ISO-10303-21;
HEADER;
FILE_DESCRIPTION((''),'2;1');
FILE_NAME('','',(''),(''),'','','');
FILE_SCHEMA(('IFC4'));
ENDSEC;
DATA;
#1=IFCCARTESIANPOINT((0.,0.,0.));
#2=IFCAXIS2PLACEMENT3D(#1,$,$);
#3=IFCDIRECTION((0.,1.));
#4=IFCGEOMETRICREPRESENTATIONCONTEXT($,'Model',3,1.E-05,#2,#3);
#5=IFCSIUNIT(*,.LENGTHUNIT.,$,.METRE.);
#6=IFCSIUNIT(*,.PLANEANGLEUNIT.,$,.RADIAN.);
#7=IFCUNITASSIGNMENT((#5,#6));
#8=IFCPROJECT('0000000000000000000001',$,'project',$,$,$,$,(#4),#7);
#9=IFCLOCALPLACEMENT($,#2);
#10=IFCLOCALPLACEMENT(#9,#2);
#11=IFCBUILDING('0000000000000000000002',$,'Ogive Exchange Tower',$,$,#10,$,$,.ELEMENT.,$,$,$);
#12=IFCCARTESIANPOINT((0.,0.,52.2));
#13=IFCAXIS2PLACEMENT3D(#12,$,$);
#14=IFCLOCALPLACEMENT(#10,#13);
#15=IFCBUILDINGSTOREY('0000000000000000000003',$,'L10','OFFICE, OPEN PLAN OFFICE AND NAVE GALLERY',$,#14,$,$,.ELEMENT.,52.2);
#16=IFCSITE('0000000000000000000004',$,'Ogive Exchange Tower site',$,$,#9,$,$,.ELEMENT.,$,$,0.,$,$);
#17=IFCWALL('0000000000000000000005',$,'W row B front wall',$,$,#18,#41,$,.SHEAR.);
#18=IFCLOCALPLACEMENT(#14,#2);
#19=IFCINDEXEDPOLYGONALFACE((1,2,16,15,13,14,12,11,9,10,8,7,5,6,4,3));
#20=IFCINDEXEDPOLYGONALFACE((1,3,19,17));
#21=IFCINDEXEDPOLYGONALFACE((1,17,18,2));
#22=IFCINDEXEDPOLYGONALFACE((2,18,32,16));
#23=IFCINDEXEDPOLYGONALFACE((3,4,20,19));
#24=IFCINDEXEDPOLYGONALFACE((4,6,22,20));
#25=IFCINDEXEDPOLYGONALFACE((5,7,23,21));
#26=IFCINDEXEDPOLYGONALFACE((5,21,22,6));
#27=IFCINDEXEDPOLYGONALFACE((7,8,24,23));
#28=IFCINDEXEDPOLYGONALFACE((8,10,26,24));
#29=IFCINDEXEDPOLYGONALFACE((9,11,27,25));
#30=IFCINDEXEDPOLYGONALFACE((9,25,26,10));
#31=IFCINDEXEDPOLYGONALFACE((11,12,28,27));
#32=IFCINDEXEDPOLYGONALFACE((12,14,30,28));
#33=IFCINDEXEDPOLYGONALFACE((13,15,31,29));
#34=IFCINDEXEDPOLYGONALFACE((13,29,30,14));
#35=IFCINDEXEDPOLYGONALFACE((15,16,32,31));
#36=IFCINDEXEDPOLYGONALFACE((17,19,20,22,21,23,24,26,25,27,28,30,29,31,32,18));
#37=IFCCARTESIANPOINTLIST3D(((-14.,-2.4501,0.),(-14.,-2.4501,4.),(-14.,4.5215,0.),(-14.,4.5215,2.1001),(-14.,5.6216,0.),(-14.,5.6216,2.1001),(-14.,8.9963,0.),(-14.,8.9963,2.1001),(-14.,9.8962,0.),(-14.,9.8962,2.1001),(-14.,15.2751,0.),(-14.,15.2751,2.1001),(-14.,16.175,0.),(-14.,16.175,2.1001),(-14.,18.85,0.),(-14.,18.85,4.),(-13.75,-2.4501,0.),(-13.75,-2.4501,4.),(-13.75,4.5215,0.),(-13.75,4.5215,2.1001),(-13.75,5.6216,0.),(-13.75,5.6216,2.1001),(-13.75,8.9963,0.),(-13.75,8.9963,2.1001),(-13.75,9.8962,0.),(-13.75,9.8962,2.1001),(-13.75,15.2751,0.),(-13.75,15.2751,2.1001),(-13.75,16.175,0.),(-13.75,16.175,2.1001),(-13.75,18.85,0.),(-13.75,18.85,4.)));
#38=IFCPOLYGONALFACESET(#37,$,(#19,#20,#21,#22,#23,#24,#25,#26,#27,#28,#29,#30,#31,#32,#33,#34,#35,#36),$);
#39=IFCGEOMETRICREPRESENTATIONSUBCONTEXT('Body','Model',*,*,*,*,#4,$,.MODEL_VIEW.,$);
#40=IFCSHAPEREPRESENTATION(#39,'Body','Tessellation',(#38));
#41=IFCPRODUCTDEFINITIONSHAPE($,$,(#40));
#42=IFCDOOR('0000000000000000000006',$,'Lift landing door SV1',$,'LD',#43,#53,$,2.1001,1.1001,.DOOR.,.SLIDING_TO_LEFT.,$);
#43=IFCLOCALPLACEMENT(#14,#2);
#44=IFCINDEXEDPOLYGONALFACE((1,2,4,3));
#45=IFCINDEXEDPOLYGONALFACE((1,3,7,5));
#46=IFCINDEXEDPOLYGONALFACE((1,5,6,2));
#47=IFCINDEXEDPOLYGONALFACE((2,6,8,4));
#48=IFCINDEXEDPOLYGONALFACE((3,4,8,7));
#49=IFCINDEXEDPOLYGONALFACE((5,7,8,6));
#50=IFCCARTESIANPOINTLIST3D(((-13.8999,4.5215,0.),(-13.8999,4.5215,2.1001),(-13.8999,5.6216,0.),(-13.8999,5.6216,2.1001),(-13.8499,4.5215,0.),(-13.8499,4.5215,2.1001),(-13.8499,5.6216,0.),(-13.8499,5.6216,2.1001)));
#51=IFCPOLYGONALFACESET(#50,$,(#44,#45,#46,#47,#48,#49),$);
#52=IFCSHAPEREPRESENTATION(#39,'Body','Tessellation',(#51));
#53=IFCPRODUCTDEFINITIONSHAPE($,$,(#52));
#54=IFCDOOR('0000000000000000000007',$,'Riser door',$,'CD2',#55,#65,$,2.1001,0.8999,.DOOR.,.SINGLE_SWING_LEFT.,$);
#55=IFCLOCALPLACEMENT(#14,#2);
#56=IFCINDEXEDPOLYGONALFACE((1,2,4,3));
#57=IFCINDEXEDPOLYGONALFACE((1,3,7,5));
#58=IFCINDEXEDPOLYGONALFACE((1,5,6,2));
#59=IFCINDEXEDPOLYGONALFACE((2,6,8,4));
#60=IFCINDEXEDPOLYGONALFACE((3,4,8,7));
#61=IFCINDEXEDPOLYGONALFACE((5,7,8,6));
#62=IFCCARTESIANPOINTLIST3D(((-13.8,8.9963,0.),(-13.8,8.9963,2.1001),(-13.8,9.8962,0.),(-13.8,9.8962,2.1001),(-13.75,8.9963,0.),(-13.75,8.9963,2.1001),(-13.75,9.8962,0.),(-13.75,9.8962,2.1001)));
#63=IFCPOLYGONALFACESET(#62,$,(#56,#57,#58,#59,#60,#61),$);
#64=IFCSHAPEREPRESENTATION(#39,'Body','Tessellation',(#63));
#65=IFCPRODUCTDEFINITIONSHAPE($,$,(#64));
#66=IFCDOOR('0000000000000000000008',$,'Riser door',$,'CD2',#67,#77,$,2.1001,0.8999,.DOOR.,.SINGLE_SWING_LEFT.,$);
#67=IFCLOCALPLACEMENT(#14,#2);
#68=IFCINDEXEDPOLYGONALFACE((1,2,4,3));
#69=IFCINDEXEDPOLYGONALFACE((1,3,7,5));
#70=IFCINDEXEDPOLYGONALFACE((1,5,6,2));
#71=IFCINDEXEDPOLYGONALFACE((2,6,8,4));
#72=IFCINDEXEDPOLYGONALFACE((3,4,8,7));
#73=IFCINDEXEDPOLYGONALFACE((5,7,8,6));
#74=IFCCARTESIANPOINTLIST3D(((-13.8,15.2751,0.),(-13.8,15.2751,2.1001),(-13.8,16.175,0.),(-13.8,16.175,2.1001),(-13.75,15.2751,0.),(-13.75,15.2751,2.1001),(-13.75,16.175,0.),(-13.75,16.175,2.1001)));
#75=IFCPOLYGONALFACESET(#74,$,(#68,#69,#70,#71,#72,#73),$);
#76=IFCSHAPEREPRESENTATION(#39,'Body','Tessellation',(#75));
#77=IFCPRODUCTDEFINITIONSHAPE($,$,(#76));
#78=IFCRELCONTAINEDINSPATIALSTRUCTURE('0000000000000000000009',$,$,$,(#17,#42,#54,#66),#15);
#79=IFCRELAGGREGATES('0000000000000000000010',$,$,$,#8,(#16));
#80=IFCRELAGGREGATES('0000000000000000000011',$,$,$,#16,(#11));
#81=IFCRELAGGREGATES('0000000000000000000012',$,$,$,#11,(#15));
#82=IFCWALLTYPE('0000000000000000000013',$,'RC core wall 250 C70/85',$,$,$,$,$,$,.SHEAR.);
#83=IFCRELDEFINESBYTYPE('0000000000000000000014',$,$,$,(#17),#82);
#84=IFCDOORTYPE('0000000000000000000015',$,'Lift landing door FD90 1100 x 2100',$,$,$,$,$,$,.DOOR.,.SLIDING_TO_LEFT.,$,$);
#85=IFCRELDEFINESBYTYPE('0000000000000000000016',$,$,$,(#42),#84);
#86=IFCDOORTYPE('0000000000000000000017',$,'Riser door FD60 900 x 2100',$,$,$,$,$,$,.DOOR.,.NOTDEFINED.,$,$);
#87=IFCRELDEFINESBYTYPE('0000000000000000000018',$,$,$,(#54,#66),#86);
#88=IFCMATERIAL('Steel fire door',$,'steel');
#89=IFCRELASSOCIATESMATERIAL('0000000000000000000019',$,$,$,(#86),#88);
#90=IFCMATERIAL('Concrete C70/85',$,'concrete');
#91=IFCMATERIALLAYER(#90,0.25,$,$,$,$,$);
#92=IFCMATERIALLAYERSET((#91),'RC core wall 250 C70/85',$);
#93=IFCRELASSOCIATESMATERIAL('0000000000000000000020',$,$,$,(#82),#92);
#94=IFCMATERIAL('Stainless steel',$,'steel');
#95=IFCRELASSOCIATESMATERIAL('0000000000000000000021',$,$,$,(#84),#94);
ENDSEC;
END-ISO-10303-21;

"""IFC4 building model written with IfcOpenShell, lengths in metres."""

from ifc_helpers import new_model, si_unit, direction, frame, frame_2d, origin, place, context, subcontext, project, spatial, rectangle, extrude, material, layer, layer_set, type_object, element, fill, save


model = new_model("IFC4")

# Units and contexts
model_context = context("Model", 3, precision=1e-05, world=origin(), true_north=direction((0.0, 1.0)))
body_context = subcontext(model_context, "Body", "Model", "MODEL_VIEW")
ifc_project = project(units=[si_unit("LENGTHUNIT", "METRE"), si_unit("PLANEANGLEUNIT", "RADIAN")], contexts=[model_context])

# Site, building, storey
site_placement = place(None, origin())
site = spatial("IfcSite", under=ifc_project, at=site_placement, Name="Ogive Exchange Tower site", CompositionType="ELEMENT", RefElevation=0.0)
building_placement = place(site_placement, origin())
building = spatial("IfcBuilding", under=site, at=building_placement, Name="Ogive Exchange Tower", CompositionType="ELEMENT")
storey_placement = place(building_placement, frame((0.0, 0.0, 52.2)))
storey = spatial("IfcBuildingStorey", under=building, at=storey_placement, Name="L10", Description="OFFICE, OPEN PLAN OFFICE AND NAVE GALLERY", CompositionType="ELEMENT", Elevation=52.2)

# Shared definitions
ifc_material_1 = material(Name="Concrete C70/85", Category="concrete")
ifc_material_2 = material(Name="Steel fire door", Category="steel")
door_type_1 = type_object("IfcDoorType", Name="Riser door FD60 900 x 2100", OperationType="NOTDEFINED", PredefinedType="DOOR", material=ifc_material_2)

# Shared definitions
ifc_layer_1 = layer(ifc_material_1, 0.25)
ifc_layer_set_1 = layer_set([ifc_layer_1], Name="RC core wall 250 C70/85")
wall_type_1 = type_object("IfcWallType", Name="RC core wall 250 C70/85", PredefinedType="SHEAR", material=ifc_layer_set_1)

# Wall, openings, doors
wall_1_placement = place(storey_placement, frame((-13.875, -2.45, 0.0), z_axis=(0.0, 0.0, 1.0), x_axis=(0.0, 1.0, 0.0)))
wall_1 = element("IfcWall", 1, at=wall_1_placement, inside=storey, type_object=wall_type_1, Name="W row B front wall", PredefinedType="SHEAR", context=body_context, shape_type="SweptSolid", body=[
    extrude(rectangle(XDim=21.3, YDim=0.25, at=frame_2d((10.6499, 0.0))), origin(), (0.0, 0.0, 1.0), 4.0),
])
opening_1_placement = place(wall_1_placement, frame((11.4463, 0.0, 0.0)))
opening_1 = element("IfcOpeningElement", 2, at=opening_1_placement, cuts=wall_1, PredefinedType="OPENING", context=body_context, shape_type="SweptSolid", body=[
    extrude(rectangle(XDim=0.8999, YDim=2.1001, at=frame_2d((0.45, 1.05))), frame((0.0, 0.135, 0.0), z_axis=(0.0, -1.0, 0.0), x_axis=(1.0, 0.0, 0.0)), (0.0, 0.0, 1.0), 0.27),
])
opening_2_placement = place(wall_1_placement, frame((17.7251, 0.0, 0.0)))
opening_2 = element("IfcOpeningElement", 3, at=opening_2_placement, cuts=wall_1, PredefinedType="OPENING", context=body_context, shape_type="SweptSolid", body=[
    extrude(rectangle(XDim=0.8999, YDim=2.1001, at=frame_2d((0.45, 1.05))), frame((0.0, 0.135, 0.0), z_axis=(0.0, -1.0, 0.0), x_axis=(1.0, 0.0, 0.0)), (0.0, 0.0, 1.0), 0.27),
])
opening_3_placement = place(wall_1_placement, frame((6.9714, 0.0, 0.0)))
opening_3 = element("IfcOpeningElement", 4, at=opening_3_placement, cuts=wall_1, PredefinedType="OPENING", context=body_context, shape_type="SweptSolid", body=[
    extrude(rectangle(XDim=1.1001, YDim=2.1001, at=frame_2d((0.55, 1.05))), frame((0.0, 0.135, 0.0), z_axis=(0.0, -1.0, 0.0), x_axis=(1.0, 0.0, 0.0)), (0.0, 0.0, 1.0), 0.27),
])
ifc_material_3 = material(Name="Stainless steel", Category="steel")
door_type_2 = type_object("IfcDoorType", Name="Lift landing door FD90 1100 x 2100", OperationType="SLIDING_TO_LEFT", PredefinedType="DOOR", material=ifc_material_3)
door_1_placement = place(opening_3_placement, origin())
door_1 = element("IfcDoor", 5, at=door_1_placement, inside=storey, type_object=door_type_2, Name="Lift landing door SV1", ObjectType="LD", OperationType="SLIDING_TO_LEFT", OverallHeight=2.1001, OverallWidth=1.1001, PredefinedType="DOOR", context=body_context, shape_type="SweptSolid", body=[
    extrude(rectangle(XDim=1.1001, YDim=2.1001, at=frame_2d((0.55, 1.05))), frame((0.0, 0.0249, 0.0), z_axis=(0.0, -1.0, 0.0), x_axis=(1.0, 0.0, 0.0)), (0.0, 0.0, 1.0), 0.05),
])
fill(opening_3, door_1)
door_2_placement = place(opening_1_placement, frame((0.8999, -0.2002, 0.0), z_axis=(0.0, 0.0, 1.0), x_axis=(-1.0, 0.0, 0.0)))
door_2 = element("IfcDoor", 6, at=door_2_placement, inside=storey, type_object=door_type_1, Name="Riser door", ObjectType="CD2", OperationType="SINGLE_SWING_LEFT", OverallHeight=2.1001, OverallWidth=0.8999, PredefinedType="DOOR", context=body_context, shape_type="SweptSolid", body=[
    extrude(rectangle(XDim=0.8999, YDim=2.1001, at=frame_2d((0.45, 1.05))), frame((0.0, -0.0752, 0.0), z_axis=(0.0, -1.0, 0.0), x_axis=(1.0, 0.0, 0.0)), (0.0, 0.0, 1.0), 0.05),
])
fill(opening_1, door_2)
door_3_placement = place(opening_2_placement, frame((0.8999, -0.2002, 0.0), z_axis=(0.0, 0.0, 1.0), x_axis=(-1.0, 0.0, 0.0)))
door_3 = element("IfcDoor", 7, at=door_3_placement, inside=storey, type_object=door_type_1, Name="Riser door", ObjectType="CD2", OperationType="SINGLE_SWING_LEFT", OverallHeight=2.1001, OverallWidth=0.8999, PredefinedType="DOOR", context=body_context, shape_type="SweptSolid", body=[
    extrude(rectangle(XDim=0.8999, YDim=2.1001, at=frame_2d((0.45, 1.05))), frame((0.0, -0.0752, 0.0), z_axis=(0.0, -1.0, 0.0), x_axis=(1.0, 0.0, 0.0)), (0.0, 0.0, 1.0), 0.05),
])
fill(opening_2, door_3)

save(model, "model.ifc")
